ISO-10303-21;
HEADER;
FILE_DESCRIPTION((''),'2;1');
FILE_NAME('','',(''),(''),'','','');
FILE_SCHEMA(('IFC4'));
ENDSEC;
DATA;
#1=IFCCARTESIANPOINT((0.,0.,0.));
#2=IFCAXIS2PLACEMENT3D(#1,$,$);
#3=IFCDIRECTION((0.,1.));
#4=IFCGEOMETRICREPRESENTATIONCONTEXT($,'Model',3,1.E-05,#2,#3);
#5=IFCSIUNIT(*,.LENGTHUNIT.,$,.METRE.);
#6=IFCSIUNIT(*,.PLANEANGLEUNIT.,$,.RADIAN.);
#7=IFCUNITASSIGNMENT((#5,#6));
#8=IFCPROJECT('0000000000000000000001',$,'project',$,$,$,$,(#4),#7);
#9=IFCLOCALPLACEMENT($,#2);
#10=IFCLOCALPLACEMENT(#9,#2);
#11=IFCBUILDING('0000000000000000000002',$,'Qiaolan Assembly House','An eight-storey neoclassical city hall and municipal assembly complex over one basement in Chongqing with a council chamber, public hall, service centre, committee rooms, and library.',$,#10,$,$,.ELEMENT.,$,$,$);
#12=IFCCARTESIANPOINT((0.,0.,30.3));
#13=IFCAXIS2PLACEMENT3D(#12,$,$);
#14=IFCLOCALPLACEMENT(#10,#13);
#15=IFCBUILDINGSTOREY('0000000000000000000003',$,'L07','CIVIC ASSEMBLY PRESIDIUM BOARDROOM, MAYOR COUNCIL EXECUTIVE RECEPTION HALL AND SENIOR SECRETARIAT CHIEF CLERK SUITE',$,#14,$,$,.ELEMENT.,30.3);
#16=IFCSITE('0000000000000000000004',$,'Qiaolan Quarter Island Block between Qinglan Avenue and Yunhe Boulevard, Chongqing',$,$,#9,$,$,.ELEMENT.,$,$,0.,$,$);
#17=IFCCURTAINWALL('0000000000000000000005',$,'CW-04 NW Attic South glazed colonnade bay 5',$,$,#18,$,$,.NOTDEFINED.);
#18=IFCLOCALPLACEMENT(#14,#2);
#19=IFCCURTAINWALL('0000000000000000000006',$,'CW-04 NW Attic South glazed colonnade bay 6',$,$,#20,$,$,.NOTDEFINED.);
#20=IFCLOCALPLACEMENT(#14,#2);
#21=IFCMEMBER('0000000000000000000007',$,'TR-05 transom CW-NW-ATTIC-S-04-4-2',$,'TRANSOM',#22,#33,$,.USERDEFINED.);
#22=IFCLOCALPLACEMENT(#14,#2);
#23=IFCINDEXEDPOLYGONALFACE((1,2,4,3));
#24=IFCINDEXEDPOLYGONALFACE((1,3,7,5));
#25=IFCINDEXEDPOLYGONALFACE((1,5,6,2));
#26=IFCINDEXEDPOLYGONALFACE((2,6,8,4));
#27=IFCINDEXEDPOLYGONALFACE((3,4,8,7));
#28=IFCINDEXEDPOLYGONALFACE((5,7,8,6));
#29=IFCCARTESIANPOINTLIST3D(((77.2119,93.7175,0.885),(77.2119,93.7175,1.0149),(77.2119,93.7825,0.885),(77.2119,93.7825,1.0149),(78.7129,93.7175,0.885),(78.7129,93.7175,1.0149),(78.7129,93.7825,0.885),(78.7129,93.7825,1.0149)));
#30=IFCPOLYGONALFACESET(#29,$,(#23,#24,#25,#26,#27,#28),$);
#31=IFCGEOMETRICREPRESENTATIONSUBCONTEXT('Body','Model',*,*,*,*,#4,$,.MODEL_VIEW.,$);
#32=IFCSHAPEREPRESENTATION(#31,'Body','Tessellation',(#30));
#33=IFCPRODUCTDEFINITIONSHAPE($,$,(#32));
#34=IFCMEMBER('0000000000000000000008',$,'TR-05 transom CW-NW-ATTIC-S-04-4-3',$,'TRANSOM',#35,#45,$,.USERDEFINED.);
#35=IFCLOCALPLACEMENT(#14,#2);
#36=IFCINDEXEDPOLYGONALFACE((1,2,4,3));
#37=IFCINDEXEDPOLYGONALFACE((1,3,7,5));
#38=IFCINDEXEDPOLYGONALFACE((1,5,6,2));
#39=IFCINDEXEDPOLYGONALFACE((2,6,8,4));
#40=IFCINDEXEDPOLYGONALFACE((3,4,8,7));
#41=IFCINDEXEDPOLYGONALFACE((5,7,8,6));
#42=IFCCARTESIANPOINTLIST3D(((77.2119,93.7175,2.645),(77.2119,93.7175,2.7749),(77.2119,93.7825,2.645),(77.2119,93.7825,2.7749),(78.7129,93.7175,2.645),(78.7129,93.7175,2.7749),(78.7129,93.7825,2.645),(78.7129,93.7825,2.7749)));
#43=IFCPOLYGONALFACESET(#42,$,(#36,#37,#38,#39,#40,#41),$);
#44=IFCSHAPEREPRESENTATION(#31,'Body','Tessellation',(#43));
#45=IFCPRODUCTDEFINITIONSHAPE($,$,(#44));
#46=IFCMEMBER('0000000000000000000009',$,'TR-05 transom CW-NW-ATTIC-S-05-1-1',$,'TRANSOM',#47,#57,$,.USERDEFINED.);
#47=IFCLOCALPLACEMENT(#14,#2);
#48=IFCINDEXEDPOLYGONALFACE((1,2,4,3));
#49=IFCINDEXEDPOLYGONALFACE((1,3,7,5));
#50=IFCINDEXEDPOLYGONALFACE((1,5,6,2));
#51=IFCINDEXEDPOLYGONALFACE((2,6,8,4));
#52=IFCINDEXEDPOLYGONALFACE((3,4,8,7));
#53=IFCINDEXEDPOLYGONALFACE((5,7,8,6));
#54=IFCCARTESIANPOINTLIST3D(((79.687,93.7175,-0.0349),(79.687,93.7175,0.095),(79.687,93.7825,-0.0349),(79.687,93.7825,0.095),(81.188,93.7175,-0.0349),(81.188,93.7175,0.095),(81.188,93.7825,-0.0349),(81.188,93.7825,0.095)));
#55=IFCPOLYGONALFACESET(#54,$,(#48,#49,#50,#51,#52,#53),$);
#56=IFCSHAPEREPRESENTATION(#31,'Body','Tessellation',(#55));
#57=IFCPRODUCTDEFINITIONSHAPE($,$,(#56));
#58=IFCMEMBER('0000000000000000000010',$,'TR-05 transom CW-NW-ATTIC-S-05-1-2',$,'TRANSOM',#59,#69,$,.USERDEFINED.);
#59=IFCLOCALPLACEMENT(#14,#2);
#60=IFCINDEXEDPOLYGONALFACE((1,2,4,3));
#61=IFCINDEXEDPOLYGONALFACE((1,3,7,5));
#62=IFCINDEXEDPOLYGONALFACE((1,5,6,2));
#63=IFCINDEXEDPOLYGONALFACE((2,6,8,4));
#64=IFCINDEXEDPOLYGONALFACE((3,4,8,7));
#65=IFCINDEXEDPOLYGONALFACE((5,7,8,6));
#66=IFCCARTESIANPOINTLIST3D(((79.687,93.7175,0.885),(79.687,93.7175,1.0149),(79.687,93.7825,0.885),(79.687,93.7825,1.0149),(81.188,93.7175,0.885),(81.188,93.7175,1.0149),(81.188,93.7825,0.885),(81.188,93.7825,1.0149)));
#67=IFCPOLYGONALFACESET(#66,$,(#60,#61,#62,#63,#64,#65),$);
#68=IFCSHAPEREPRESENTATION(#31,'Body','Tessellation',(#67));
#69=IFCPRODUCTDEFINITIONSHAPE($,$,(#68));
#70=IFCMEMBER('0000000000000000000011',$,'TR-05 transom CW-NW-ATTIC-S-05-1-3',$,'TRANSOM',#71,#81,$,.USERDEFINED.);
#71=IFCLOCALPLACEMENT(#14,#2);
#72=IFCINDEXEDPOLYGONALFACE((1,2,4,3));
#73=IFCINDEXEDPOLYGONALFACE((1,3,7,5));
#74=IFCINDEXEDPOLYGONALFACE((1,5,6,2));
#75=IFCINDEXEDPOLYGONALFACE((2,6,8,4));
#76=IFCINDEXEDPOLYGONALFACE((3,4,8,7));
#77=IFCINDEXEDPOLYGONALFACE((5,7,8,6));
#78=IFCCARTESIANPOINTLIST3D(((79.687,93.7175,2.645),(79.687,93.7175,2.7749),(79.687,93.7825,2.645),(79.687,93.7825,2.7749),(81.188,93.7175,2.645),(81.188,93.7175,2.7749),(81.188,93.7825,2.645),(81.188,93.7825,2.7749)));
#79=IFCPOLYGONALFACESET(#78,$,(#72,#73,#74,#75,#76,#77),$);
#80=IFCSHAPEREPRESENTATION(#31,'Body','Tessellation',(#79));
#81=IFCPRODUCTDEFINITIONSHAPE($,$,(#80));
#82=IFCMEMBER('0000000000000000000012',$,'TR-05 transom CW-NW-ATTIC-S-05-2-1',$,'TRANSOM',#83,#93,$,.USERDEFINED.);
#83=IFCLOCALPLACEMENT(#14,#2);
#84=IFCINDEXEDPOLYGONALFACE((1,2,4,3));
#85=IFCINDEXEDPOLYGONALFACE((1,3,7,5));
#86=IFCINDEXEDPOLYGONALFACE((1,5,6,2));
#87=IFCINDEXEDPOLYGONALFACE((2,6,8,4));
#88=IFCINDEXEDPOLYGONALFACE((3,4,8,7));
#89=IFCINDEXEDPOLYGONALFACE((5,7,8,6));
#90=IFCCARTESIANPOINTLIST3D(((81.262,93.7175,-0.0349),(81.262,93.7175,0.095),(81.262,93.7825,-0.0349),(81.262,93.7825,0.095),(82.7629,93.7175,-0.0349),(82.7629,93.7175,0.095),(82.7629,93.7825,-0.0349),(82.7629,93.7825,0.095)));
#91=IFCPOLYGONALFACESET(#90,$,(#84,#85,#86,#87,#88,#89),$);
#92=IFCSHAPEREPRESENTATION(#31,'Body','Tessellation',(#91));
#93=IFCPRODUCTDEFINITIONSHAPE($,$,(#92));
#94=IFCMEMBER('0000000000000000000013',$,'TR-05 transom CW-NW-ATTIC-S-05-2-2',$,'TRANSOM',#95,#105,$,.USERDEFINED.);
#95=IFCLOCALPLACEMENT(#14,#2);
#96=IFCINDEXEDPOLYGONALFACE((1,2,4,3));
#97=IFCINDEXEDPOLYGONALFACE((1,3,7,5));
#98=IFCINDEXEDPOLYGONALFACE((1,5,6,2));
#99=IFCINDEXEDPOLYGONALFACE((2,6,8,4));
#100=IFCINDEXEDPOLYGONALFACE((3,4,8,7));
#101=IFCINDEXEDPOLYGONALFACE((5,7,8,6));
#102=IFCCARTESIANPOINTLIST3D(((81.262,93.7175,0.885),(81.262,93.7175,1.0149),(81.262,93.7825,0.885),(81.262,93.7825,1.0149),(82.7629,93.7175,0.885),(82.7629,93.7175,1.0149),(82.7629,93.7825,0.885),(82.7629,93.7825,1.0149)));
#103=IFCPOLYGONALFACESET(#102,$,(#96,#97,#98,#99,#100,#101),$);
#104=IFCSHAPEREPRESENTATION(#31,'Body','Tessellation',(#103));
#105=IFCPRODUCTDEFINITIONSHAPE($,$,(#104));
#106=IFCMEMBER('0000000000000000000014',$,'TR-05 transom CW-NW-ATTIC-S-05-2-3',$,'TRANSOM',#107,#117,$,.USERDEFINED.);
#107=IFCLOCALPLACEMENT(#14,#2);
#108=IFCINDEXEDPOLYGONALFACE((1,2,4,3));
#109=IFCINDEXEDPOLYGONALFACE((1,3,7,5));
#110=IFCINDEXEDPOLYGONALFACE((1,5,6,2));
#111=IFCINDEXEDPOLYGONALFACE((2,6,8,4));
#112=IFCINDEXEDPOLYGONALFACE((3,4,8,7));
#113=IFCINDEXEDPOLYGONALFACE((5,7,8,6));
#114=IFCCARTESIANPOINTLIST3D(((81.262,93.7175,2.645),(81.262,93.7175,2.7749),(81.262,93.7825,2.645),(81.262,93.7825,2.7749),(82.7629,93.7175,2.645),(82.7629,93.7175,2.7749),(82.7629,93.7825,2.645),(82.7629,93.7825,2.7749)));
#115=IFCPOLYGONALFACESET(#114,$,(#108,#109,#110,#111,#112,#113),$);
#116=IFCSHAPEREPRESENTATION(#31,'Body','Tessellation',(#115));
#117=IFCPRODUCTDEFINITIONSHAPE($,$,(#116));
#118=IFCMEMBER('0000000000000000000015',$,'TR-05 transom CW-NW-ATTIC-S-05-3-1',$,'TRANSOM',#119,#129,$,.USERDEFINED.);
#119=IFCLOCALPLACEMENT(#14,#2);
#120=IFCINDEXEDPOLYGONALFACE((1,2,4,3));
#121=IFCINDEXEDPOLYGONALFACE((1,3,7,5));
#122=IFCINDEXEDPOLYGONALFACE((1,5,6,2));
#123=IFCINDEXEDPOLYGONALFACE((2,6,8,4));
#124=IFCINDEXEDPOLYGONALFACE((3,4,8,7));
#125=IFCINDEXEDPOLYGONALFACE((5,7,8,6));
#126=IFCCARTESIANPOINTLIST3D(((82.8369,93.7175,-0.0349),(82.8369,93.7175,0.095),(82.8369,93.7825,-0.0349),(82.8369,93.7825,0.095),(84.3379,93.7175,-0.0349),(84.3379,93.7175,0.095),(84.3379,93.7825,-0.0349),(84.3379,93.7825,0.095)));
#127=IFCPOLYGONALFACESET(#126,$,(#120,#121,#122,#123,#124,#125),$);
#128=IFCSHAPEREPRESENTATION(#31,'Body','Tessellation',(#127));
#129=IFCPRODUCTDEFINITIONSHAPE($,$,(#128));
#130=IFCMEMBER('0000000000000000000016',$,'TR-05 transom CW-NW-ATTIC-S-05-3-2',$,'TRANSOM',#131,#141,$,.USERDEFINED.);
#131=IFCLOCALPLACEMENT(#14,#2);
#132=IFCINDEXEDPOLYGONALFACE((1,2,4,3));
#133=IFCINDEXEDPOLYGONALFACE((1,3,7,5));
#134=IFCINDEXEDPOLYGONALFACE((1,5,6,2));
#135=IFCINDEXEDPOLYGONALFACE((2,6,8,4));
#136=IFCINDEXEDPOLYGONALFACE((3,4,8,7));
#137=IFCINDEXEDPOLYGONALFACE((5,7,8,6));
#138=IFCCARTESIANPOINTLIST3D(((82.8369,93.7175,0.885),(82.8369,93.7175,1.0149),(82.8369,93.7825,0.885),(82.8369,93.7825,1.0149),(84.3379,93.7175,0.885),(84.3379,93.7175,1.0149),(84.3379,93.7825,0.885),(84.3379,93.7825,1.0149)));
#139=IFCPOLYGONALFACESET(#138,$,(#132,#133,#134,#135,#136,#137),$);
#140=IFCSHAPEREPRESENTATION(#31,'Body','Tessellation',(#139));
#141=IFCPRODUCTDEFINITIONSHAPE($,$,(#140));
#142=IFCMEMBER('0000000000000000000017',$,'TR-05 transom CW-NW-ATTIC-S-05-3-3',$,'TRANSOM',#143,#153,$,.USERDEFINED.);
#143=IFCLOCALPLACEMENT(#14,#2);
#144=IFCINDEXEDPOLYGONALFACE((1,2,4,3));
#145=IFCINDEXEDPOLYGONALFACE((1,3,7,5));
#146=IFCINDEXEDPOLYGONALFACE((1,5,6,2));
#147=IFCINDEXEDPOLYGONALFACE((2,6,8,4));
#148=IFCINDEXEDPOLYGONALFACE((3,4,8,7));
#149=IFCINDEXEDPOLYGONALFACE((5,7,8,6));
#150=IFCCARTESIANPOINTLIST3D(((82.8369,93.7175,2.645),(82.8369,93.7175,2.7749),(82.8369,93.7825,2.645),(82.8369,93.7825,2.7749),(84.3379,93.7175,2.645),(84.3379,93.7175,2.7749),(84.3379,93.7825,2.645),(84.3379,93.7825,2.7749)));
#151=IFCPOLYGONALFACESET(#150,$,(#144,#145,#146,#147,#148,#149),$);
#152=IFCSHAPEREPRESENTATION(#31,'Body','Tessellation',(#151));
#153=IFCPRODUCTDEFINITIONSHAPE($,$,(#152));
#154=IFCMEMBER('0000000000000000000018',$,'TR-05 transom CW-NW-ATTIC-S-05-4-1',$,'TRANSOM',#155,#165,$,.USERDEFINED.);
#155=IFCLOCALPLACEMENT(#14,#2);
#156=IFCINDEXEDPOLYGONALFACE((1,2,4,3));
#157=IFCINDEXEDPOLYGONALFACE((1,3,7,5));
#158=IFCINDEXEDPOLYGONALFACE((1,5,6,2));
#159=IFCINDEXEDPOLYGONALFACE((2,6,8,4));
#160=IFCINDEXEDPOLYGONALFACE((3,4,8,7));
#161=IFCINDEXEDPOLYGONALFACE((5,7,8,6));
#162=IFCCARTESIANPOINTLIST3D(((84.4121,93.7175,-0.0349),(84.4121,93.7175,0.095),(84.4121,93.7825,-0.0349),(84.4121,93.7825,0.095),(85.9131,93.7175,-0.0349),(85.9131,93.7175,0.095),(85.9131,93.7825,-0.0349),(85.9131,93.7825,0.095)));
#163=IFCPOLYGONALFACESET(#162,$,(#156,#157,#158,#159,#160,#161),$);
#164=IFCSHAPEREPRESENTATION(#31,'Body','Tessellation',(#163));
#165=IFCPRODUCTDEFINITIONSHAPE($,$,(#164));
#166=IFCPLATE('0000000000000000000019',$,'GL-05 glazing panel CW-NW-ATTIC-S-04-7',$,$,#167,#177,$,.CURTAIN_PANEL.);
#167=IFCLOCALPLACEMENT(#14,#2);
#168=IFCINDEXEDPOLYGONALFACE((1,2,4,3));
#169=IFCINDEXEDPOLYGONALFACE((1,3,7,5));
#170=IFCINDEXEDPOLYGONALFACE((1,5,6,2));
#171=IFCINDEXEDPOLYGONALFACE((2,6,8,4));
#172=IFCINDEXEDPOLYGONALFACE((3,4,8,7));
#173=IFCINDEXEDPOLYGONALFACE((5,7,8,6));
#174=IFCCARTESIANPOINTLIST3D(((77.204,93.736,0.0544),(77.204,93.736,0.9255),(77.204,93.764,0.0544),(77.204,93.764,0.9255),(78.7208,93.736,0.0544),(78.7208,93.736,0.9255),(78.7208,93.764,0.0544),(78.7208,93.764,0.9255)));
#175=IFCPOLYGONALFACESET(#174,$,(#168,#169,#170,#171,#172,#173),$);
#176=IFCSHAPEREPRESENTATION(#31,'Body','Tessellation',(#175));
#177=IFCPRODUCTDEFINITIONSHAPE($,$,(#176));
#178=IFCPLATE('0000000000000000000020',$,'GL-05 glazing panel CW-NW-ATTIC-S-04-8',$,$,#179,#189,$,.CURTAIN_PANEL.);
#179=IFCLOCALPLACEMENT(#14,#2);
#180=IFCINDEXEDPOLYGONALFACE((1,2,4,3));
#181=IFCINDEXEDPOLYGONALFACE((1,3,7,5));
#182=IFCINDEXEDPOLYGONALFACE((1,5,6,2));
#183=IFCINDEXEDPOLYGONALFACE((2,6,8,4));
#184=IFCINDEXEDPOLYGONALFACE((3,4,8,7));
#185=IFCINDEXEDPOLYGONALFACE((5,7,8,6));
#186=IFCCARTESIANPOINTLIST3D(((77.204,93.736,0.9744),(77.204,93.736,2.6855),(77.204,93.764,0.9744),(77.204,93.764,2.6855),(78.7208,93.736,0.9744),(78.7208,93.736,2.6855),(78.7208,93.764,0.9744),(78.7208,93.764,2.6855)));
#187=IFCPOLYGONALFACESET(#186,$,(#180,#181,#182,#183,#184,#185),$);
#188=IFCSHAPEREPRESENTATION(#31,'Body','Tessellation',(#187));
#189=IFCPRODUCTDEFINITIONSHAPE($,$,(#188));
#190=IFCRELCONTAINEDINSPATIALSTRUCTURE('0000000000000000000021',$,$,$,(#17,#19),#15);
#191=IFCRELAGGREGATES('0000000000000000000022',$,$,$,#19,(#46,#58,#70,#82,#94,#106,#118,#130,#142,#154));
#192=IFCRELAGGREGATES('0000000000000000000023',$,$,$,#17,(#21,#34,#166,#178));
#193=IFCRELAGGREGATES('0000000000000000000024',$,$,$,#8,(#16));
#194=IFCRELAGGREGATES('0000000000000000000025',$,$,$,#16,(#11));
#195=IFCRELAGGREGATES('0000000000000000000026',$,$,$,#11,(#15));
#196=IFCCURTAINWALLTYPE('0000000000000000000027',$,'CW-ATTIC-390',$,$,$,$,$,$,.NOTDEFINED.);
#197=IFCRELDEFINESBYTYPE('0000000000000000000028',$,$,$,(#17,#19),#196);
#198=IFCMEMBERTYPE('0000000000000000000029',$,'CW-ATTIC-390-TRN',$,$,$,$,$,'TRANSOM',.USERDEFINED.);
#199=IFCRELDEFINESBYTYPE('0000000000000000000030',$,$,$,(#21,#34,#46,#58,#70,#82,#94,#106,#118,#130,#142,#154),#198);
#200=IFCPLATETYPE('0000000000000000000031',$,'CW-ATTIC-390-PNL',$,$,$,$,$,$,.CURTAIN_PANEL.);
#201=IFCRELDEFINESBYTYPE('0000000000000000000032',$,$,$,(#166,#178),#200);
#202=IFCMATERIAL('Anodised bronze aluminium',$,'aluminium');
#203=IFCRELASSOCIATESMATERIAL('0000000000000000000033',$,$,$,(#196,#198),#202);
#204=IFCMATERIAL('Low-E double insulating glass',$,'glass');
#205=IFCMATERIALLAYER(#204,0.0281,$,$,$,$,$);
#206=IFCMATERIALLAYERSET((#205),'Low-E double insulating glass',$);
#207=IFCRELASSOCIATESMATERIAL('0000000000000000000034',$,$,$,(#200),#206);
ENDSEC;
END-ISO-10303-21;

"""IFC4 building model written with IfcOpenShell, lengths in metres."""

from ifc_helpers import new_model, si_unit, direction, frame, frame_2d, origin, origin_2d, place, context, subcontext, project, spatial, rectangle, extrude, material, layer, layer_set, material_profile, profile_set, type_object, element, aggregate, save


model = new_model("IFC4")

# Units and contexts
model_context = context("Model", 3, precision=1e-05, world=origin(), true_north=direction((0.0, 1.0)))
body_context = subcontext(model_context, "Body", "Model", "MODEL_VIEW")
ifc_project = project(units=[si_unit("LENGTHUNIT", "METRE"), si_unit("PLANEANGLEUNIT", "RADIAN")], contexts=[model_context])

# Site, building, storey
site_placement = place(None, origin())
site = spatial("IfcSite", under=ifc_project, at=site_placement, Name="Qiaolan Quarter Island Block between Qinglan Avenue and Yunhe Boulevard, Chongqing", CompositionType="ELEMENT", RefElevation=0.0)
building_placement = place(site_placement, origin())
building = spatial("IfcBuilding", under=site, at=building_placement, Name="Qiaolan Assembly House", Description="An eight-storey neoclassical city hall and municipal assembly complex over one basement in Chongqing with a council chamber, public hall, service centre, committee rooms, and library.", CompositionType="ELEMENT")
storey_placement = place(building_placement, frame((0.0, 0.0, 30.3)))
storey = spatial("IfcBuildingStorey", under=building, at=storey_placement, Name="L07", Description="CIVIC ASSEMBLY PRESIDIUM BOARDROOM, MAYOR COUNCIL EXECUTIVE RECEPTION HALL AND SENIOR SECRETARIAT CHIEF CLERK SUITE", CompositionType="ELEMENT", Elevation=30.3)

# Curtain walls
ifc_material_1 = material(Name="Anodised bronze aluminium", Category="aluminium")
curtain_wall_type = type_object("IfcCurtainWallType", Name="CW-ATTIC-390", PredefinedType="NOTDEFINED", material=ifc_material_1)
curtain_wall_1_placement = place(storey_placement, origin())
curtain_wall_1 = element("IfcCurtainWall", 1, at=curtain_wall_1_placement, inside=storey, type_object=curtain_wall_type, Name="CW-04 NW Attic South glazed colonnade bay 5", PredefinedType="NOTDEFINED")
curtain_wall_2_placement = place(storey_placement, origin())
curtain_wall_2 = element("IfcCurtainWall", 2, at=curtain_wall_2_placement, inside=storey, type_object=curtain_wall_type, Name="CW-04 NW Attic South glazed colonnade bay 6", PredefinedType="NOTDEFINED")

# Members
ifc_material_profile_1 = material_profile(ifc_material_1, rectangle(XDim=0.0649, YDim=0.1299, at=origin_2d()), Name="TRN 65x130")
ifc_profile_set_1 = profile_set([ifc_material_profile_1], Name="Anodised bronze aluminium")
member_type_1 = type_object("IfcMemberType", Name="CW-ATTIC-390-TRN", ElementType="TRANSOM", PredefinedType="USERDEFINED", material=ifc_profile_set_1)
member_1_placement = place(storey_placement, frame((77.2119, 93.75, 0.95), z_axis=(1.0, 0.0, 0.0), x_axis=(0.0, 1.0, 0.0)))
member_1 = element("IfcMember", 3, at=member_1_placement, type_object=member_type_1, Name="TR-05 transom CW-NW-ATTIC-S-04-4-2", ObjectType="TRANSOM", PredefinedType="USERDEFINED", context=body_context, shape_type="SweptSolid", body=[
    extrude(rectangle(XDim=0.0649, YDim=0.1299, at=origin_2d()), origin(), (0.0, 0.0, 1.0), 1.501),
])
member_2_placement = place(storey_placement, frame((77.2119, 93.75, 2.71), z_axis=(1.0, 0.0, 0.0), x_axis=(0.0, 1.0, 0.0)))
member_2 = element("IfcMember", 4, at=member_2_placement, type_object=member_type_1, Name="TR-05 transom CW-NW-ATTIC-S-04-4-3", ObjectType="TRANSOM", PredefinedType="USERDEFINED", context=body_context, shape_type="SweptSolid", body=[
    extrude(rectangle(XDim=0.0649, YDim=0.1299, at=origin_2d()), origin(), (0.0, 0.0, 1.0), 1.501),
])
member_3_placement = place(storey_placement, frame((79.687, 93.75, 0.03), z_axis=(1.0, 0.0, 0.0), x_axis=(0.0, 1.0, 0.0)))
member_3 = element("IfcMember", 5, at=member_3_placement, type_object=member_type_1, Name="TR-05 transom CW-NW-ATTIC-S-05-1-1", ObjectType="TRANSOM", PredefinedType="USERDEFINED", context=body_context, shape_type="SweptSolid", body=[
    extrude(rectangle(XDim=0.0649, YDim=0.1299, at=origin_2d()), origin(), (0.0, 0.0, 1.0), 1.501),
])
member_4_placement = place(storey_placement, frame((79.687, 93.75, 0.95), z_axis=(1.0, 0.0, 0.0), x_axis=(0.0, 1.0, 0.0)))
member_4 = element("IfcMember", 6, at=member_4_placement, type_object=member_type_1, Name="TR-05 transom CW-NW-ATTIC-S-05-1-2", ObjectType="TRANSOM", PredefinedType="USERDEFINED", context=body_context, shape_type="SweptSolid", body=[
    extrude(rectangle(XDim=0.0649, YDim=0.1299, at=origin_2d()), origin(), (0.0, 0.0, 1.0), 1.501),
])
member_5_placement = place(storey_placement, frame((79.687, 93.75, 2.71), z_axis=(1.0, 0.0, 0.0), x_axis=(0.0, 1.0, 0.0)))
member_5 = element("IfcMember", 7, at=member_5_placement, type_object=member_type_1, Name="TR-05 transom CW-NW-ATTIC-S-05-1-3", ObjectType="TRANSOM", PredefinedType="USERDEFINED", context=body_context, shape_type="SweptSolid", body=[
    extrude(rectangle(XDim=0.0649, YDim=0.1299, at=origin_2d()), origin(), (0.0, 0.0, 1.0), 1.501),
])
member_6_placement = place(storey_placement, frame((81.262, 93.75, 0.03), z_axis=(1.0, 0.0, 0.0), x_axis=(0.0, 1.0, 0.0)))
member_6 = element("IfcMember", 8, at=member_6_placement, type_object=member_type_1, Name="TR-05 transom CW-NW-ATTIC-S-05-2-1", ObjectType="TRANSOM", PredefinedType="USERDEFINED", context=body_context, shape_type="SweptSolid", body=[
    extrude(rectangle(XDim=0.0649, YDim=0.1299, at=origin_2d()), origin(), (0.0, 0.0, 1.0), 1.501),
])
member_7_placement = place(storey_placement, frame((81.262, 93.75, 0.95), z_axis=(1.0, 0.0, 0.0), x_axis=(0.0, 1.0, 0.0)))
member_7 = element("IfcMember", 9, at=member_7_placement, type_object=member_type_1, Name="TR-05 transom CW-NW-ATTIC-S-05-2-2", ObjectType="TRANSOM", PredefinedType="USERDEFINED", context=body_context, shape_type="SweptSolid", body=[
    extrude(rectangle(XDim=0.0649, YDim=0.1299, at=origin_2d()), origin(), (0.0, 0.0, 1.0), 1.501),
])
member_8_placement = place(storey_placement, frame((81.262, 93.75, 2.71), z_axis=(1.0, 0.0, 0.0), x_axis=(0.0, 1.0, 0.0)))
member_8 = element("IfcMember", 10, at=member_8_placement, type_object=member_type_1, Name="TR-05 transom CW-NW-ATTIC-S-05-2-3", ObjectType="TRANSOM", PredefinedType="USERDEFINED", context=body_context, shape_type="SweptSolid", body=[
    extrude(rectangle(XDim=0.0649, YDim=0.1299, at=origin_2d()), origin(), (0.0, 0.0, 1.0), 1.501),
])
member_9_placement = place(storey_placement, frame((82.8369, 93.75, 0.03), z_axis=(1.0, 0.0, 0.0), x_axis=(0.0, 1.0, 0.0)))
member_9 = element("IfcMember", 11, at=member_9_placement, type_object=member_type_1, Name="TR-05 transom CW-NW-ATTIC-S-05-3-1", ObjectType="TRANSOM", PredefinedType="USERDEFINED", context=body_context, shape_type="SweptSolid", body=[
    extrude(rectangle(XDim=0.0649, YDim=0.1299, at=origin_2d()), origin(), (0.0, 0.0, 1.0), 1.501),
])
member_10_placement = place(storey_placement, frame((82.8369, 93.75, 0.95), z_axis=(1.0, 0.0, 0.0), x_axis=(0.0, 1.0, 0.0)))
member_10 = element("IfcMember", 12, at=member_10_placement, type_object=member_type_1, Name="TR-05 transom CW-NW-ATTIC-S-05-3-2", ObjectType="TRANSOM", PredefinedType="USERDEFINED", context=body_context, shape_type="SweptSolid", body=[
    extrude(rectangle(XDim=0.0649, YDim=0.1299, at=origin_2d()), origin(), (0.0, 0.0, 1.0), 1.501),
])
member_11_placement = place(storey_placement, frame((82.8369, 93.75, 2.71), z_axis=(1.0, 0.0, 0.0), x_axis=(0.0, 1.0, 0.0)))
member_11 = element("IfcMember", 13, at=member_11_placement, type_object=member_type_1, Name="TR-05 transom CW-NW-ATTIC-S-05-3-3", ObjectType="TRANSOM", PredefinedType="USERDEFINED", context=body_context, shape_type="SweptSolid", body=[
    extrude(rectangle(XDim=0.0649, YDim=0.1299, at=origin_2d()), origin(), (0.0, 0.0, 1.0), 1.501),
])
member_12_placement = place(storey_placement, frame((84.4121, 93.75, 0.03), z_axis=(1.0, 0.0, 0.0), x_axis=(0.0, 1.0, 0.0)))
member_12 = element("IfcMember", 14, at=member_12_placement, type_object=member_type_1, Name="TR-05 transom CW-NW-ATTIC-S-05-4-1", ObjectType="TRANSOM", PredefinedType="USERDEFINED", context=body_context, shape_type="SweptSolid", body=[
    extrude(rectangle(XDim=0.0649, YDim=0.1299, at=origin_2d()), origin(), (0.0, 0.0, 1.0), 1.501),
])
aggregate(curtain_wall_2, [member_3, member_4, member_5, member_6, member_7, member_8, member_9, member_10, member_11, member_12])

# Plates
ifc_material_2 = material(Name="Low-E double insulating glass", Category="glass")
ifc_layer_1 = layer(ifc_material_2, 0.0281)
ifc_layer_set_1 = layer_set([ifc_layer_1], Name="Low-E double insulating glass")
plate_type = type_object("IfcPlateType", Name="CW-ATTIC-390-PNL", PredefinedType="CURTAIN_PANEL", material=ifc_layer_set_1)
plate_1_placement = place(storey_placement, frame((77.2041, 93.75, 0.0544), z_axis=(0.0, 0.0, 1.0), x_axis=(1.0, 0.0, 0.0)))
plate_1 = element("IfcPlate", 15, at=plate_1_placement, type_object=plate_type, Name="GL-05 glazing panel CW-NW-ATTIC-S-04-7", PredefinedType="CURTAIN_PANEL", context=body_context, shape_type="SweptSolid", body=[
    extrude(rectangle(XDim=1.5168, YDim=0.0281, at=frame_2d((0.7583, 0.0))), origin(), (0.0, 0.0, 1.0), 0.8711),
])
plate_2_placement = place(storey_placement, frame((77.2041, 93.75, 0.9744), z_axis=(0.0, 0.0, 1.0), x_axis=(1.0, 0.0, 0.0)))
plate_2 = element("IfcPlate", 16, at=plate_2_placement, type_object=plate_type, Name="GL-05 glazing panel CW-NW-ATTIC-S-04-8", PredefinedType="CURTAIN_PANEL", context=body_context, shape_type="SweptSolid", body=[
    extrude(rectangle(XDim=1.5168, YDim=0.0281, at=frame_2d((0.7583, 0.0))), origin(), (0.0, 0.0, 1.0), 1.7112),
])
aggregate(curtain_wall_1, [member_1, member_2, plate_1, plate_2])

save(model, "model.ifc")
